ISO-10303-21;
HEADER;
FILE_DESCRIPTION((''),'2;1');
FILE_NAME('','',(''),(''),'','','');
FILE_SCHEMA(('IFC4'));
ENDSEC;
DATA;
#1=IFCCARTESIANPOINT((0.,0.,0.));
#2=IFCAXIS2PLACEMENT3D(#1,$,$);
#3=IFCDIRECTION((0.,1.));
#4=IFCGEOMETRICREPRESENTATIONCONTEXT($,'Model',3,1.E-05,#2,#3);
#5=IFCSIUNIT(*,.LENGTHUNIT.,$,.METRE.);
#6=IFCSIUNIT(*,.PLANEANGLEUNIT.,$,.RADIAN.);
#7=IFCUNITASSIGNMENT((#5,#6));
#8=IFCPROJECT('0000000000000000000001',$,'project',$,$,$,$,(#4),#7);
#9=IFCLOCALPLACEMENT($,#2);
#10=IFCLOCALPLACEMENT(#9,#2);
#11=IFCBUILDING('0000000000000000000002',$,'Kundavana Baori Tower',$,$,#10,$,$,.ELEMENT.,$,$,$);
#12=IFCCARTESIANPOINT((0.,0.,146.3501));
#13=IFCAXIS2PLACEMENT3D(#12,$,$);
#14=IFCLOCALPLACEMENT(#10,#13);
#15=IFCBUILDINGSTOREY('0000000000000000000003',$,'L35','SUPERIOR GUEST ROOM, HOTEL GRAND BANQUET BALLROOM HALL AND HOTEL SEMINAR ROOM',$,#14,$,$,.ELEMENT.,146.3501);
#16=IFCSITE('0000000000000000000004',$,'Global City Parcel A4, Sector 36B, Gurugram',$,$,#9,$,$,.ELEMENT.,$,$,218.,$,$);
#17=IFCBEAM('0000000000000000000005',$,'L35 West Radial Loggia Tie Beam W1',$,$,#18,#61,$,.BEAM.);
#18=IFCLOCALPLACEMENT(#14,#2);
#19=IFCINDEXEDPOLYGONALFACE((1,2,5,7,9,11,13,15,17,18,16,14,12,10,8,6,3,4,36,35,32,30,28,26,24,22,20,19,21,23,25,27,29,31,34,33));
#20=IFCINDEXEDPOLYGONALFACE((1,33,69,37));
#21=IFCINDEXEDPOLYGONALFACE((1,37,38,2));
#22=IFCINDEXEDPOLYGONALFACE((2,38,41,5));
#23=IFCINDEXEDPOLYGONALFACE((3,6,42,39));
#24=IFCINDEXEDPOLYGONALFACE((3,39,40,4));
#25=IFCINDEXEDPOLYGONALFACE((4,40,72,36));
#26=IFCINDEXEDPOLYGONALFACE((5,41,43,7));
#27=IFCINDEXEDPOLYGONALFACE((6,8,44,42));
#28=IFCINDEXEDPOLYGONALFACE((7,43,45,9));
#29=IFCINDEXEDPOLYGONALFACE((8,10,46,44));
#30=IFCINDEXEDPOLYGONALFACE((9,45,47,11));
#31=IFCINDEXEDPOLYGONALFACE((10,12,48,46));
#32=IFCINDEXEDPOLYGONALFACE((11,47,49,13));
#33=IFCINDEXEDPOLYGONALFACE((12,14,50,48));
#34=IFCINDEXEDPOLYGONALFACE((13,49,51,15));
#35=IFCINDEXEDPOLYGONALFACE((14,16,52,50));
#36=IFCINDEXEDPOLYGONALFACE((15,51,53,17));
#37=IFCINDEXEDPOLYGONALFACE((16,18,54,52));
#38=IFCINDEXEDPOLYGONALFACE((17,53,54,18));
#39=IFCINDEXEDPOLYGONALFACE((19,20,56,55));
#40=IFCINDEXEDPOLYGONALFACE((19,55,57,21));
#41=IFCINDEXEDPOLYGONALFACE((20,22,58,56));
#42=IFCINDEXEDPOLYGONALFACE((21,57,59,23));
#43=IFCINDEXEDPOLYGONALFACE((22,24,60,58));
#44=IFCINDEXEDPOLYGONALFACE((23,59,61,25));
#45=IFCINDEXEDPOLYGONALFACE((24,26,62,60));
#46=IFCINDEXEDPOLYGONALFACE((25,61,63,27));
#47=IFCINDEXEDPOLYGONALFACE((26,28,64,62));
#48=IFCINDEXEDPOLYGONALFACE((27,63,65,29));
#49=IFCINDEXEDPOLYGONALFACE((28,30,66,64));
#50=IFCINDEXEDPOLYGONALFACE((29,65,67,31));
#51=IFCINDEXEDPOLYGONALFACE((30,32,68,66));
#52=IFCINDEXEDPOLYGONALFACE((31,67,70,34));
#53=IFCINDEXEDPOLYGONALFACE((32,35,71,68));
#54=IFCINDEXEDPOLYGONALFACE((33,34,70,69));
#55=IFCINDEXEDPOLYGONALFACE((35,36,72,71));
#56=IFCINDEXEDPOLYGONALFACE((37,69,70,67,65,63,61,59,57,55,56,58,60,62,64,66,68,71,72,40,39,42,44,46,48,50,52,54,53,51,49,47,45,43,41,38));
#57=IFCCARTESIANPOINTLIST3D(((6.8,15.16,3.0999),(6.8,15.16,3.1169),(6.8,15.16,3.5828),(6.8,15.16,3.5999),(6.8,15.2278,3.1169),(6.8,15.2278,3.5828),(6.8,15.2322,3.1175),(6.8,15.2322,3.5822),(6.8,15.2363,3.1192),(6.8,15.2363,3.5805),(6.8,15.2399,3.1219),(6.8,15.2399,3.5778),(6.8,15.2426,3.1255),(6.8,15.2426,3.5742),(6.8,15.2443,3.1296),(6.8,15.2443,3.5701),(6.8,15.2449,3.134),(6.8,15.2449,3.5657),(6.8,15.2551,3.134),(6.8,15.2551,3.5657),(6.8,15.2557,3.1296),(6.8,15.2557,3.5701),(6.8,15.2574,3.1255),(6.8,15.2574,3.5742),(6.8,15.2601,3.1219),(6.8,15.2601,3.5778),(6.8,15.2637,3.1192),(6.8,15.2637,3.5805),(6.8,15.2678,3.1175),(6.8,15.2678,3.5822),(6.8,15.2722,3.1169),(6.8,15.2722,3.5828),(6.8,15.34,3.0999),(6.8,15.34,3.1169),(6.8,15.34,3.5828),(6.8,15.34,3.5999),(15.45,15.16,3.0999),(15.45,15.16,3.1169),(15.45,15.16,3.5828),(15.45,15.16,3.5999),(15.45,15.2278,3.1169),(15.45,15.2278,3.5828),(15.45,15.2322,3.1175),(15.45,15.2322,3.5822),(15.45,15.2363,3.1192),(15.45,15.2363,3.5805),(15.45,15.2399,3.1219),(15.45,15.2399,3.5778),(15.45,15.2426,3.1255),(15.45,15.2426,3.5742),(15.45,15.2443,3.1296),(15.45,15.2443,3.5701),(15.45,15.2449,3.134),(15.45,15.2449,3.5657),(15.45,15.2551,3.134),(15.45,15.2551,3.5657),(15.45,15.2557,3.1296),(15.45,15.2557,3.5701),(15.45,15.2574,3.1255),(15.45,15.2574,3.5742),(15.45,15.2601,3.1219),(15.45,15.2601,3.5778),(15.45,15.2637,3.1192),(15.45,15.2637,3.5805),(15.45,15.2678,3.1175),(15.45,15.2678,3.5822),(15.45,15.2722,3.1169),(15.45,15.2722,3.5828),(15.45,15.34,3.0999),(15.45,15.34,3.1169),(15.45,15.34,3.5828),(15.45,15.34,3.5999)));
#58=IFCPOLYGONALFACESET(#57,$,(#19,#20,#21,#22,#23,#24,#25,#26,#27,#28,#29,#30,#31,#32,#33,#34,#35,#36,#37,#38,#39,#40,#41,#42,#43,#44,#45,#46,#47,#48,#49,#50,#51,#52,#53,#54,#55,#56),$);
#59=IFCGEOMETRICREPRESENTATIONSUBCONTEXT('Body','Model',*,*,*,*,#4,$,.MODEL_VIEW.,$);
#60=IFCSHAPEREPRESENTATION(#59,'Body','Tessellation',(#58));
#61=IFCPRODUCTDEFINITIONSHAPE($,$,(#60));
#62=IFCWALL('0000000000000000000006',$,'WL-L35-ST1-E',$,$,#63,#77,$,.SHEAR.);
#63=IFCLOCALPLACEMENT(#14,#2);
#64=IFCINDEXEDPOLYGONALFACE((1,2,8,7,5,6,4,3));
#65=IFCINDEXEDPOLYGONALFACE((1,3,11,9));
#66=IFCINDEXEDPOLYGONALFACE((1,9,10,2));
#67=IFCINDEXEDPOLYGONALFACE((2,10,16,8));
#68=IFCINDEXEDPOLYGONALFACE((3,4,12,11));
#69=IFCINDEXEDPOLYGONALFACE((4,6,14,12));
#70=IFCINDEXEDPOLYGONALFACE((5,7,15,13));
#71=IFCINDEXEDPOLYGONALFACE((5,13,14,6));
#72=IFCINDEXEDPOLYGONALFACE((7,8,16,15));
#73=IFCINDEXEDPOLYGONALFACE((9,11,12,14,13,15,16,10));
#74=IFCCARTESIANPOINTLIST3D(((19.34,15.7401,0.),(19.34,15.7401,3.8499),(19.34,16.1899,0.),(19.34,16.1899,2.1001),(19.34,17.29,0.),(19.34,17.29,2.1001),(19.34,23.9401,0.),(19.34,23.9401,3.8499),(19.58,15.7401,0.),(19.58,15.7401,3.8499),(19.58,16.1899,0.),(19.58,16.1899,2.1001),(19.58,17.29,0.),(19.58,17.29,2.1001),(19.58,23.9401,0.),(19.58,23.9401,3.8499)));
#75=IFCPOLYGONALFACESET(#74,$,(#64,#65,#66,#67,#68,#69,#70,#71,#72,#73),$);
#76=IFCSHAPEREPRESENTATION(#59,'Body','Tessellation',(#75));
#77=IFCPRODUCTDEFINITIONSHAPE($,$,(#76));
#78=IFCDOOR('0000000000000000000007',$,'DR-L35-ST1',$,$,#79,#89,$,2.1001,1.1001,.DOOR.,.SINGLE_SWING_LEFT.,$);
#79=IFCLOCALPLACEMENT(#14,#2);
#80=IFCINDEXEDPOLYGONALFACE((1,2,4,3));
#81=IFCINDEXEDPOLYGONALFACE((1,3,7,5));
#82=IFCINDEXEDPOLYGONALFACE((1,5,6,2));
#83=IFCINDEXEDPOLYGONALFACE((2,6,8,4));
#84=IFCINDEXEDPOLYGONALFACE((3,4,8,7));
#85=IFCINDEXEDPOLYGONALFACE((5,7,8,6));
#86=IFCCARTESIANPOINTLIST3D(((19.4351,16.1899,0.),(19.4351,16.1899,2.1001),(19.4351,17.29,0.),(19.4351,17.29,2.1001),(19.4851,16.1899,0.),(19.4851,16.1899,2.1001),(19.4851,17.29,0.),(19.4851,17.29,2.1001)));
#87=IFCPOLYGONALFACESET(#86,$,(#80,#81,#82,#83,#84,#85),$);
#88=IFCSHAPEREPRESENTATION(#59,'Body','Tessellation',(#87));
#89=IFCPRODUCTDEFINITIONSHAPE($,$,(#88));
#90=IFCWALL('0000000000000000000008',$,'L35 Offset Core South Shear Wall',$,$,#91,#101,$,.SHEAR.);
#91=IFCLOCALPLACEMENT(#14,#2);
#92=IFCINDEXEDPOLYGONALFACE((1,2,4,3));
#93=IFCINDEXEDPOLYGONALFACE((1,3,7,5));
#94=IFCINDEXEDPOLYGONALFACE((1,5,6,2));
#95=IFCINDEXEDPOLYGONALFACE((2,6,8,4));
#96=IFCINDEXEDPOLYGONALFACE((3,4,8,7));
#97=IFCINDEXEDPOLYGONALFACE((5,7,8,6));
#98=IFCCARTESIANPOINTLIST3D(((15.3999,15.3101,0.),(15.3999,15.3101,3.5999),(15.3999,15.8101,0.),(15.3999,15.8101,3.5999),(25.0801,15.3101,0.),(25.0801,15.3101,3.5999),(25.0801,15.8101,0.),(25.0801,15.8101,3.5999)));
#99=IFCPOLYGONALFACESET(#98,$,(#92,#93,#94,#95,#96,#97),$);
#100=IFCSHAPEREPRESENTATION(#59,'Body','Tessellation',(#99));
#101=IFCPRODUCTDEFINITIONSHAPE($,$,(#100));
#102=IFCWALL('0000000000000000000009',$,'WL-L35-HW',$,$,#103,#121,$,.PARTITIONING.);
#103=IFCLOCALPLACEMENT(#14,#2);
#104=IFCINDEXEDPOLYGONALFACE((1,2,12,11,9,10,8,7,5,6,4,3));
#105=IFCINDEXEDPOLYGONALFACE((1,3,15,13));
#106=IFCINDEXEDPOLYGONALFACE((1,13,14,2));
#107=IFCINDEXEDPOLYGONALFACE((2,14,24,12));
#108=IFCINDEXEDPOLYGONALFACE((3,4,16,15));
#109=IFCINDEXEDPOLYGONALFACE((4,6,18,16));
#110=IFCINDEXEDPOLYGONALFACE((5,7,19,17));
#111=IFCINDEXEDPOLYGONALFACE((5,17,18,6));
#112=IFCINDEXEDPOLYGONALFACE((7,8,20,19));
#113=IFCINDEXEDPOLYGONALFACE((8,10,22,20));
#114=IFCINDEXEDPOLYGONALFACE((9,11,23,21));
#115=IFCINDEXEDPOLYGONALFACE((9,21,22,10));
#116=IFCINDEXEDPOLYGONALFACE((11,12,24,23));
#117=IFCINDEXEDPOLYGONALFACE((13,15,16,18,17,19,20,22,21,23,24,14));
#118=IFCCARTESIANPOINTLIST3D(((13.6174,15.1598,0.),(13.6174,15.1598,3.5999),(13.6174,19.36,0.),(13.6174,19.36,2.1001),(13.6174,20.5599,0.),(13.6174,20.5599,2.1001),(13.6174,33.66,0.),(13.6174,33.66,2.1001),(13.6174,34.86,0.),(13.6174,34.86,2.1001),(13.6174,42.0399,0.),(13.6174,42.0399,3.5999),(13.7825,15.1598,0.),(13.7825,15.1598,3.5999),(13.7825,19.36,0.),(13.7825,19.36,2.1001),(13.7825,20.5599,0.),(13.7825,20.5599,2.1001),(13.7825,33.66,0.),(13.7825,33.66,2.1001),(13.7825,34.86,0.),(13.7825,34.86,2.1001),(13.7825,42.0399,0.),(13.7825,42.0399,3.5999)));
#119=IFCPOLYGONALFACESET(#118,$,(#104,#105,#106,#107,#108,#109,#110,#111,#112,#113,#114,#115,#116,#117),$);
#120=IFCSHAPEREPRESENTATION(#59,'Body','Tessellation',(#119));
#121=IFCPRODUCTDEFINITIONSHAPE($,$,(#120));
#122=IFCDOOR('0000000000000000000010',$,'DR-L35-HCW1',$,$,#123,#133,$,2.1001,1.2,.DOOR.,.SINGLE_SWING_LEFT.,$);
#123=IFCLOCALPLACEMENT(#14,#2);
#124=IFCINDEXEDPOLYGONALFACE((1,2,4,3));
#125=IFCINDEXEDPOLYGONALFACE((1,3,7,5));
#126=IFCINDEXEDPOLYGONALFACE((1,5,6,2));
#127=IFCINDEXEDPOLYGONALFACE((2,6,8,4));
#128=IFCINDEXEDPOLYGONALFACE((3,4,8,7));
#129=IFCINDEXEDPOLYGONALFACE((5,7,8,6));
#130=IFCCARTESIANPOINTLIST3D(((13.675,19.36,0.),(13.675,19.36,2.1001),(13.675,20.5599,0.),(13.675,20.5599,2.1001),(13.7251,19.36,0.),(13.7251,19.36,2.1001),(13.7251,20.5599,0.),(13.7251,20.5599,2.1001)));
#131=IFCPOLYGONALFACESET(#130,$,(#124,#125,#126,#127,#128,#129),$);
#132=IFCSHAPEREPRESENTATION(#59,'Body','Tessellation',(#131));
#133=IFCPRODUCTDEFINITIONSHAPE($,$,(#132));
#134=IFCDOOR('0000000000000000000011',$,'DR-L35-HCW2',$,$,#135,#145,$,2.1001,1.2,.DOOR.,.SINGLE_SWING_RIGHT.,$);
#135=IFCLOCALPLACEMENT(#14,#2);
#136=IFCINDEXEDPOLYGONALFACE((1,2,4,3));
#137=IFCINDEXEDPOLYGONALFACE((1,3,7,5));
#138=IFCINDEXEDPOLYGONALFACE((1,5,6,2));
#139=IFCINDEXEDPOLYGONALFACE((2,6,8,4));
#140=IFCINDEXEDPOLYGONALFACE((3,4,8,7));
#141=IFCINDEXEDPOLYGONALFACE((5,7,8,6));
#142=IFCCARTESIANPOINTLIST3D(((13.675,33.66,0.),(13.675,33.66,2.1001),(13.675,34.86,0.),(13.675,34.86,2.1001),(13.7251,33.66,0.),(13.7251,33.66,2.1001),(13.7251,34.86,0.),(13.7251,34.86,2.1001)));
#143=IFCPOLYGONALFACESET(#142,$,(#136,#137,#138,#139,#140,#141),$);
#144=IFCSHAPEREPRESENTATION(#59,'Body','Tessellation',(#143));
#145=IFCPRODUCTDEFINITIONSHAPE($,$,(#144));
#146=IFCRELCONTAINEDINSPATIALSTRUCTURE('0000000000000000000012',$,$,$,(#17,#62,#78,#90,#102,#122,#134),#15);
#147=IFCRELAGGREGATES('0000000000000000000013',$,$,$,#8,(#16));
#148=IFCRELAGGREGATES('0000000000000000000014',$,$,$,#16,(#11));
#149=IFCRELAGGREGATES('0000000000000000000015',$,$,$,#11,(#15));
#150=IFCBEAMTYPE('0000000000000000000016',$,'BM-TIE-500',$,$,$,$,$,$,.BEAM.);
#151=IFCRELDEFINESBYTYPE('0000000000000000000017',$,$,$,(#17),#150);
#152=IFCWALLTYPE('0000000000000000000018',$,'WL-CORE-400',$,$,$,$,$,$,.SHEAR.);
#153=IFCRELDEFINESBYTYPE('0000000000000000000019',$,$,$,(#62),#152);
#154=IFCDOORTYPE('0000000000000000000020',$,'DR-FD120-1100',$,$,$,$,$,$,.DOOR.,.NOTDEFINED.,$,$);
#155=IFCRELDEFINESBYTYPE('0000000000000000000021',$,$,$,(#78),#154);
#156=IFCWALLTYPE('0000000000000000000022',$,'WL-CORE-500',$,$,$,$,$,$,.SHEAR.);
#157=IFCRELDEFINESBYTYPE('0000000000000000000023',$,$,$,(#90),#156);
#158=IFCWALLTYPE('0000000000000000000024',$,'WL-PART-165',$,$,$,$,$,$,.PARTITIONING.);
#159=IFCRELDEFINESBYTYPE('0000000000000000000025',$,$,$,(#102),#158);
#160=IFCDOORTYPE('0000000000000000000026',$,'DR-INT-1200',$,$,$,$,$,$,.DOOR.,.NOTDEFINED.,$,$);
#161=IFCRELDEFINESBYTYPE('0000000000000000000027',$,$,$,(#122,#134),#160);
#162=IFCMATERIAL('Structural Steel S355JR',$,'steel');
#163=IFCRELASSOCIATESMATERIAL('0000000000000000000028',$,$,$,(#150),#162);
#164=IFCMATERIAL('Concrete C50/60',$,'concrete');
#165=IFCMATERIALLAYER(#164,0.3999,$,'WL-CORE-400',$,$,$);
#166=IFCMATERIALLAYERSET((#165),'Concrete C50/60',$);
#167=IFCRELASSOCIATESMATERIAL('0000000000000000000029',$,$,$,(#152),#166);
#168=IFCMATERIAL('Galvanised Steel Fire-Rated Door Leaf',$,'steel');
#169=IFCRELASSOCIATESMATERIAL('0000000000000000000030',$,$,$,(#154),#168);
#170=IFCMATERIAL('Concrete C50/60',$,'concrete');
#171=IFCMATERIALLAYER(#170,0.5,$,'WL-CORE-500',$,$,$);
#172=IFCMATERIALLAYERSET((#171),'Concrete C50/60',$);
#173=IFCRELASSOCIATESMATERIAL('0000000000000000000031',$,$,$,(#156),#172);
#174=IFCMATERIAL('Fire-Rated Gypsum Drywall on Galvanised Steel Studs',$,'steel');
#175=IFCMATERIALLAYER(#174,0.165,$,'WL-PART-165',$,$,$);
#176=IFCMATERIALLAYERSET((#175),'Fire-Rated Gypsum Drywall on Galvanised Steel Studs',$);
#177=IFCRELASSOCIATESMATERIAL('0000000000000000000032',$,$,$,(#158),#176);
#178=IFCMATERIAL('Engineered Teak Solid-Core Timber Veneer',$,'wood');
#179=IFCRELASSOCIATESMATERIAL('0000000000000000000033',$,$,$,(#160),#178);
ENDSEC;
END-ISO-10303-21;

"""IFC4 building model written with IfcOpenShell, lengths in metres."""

from ifc_helpers import new_model, si_unit, direction, frame, frame_2d, origin, origin_2d, place, context, subcontext, project, spatial, rectangle, i_section, extrude, material, layer, layer_set, material_profile, profile_set, type_object, element, fill, save


model = new_model("IFC4")

# Units and contexts
model_context = context("Model", 3, precision=1e-05, world=origin(), true_north=direction((0.0, 1.0)))
body_context = subcontext(model_context, "Body", "Model", "MODEL_VIEW")
ifc_project = project(units=[si_unit("LENGTHUNIT", "METRE"), si_unit("PLANEANGLEUNIT", "RADIAN")], contexts=[model_context])

# Site, building, storey
site_placement = place(None, origin())
site = spatial("IfcSite", under=ifc_project, at=site_placement, Name="Global City Parcel A4, Sector 36B, Gurugram", CompositionType="ELEMENT", RefElevation=218.0)
building_placement = place(site_placement, origin())
building = spatial("IfcBuilding", under=site, at=building_placement, Name="Kundavana Baori Tower", CompositionType="ELEMENT")
storey_placement = place(building_placement, frame((0.0, 0.0, 146.3501)))
storey = spatial("IfcBuildingStorey", under=building, at=storey_placement, Name="L35", Description="SUPERIOR GUEST ROOM, HOTEL GRAND BANQUET BALLROOM HALL AND HOTEL SEMINAR ROOM", CompositionType="ELEMENT", Elevation=146.3501)

# Beam
ifc_material_1 = material(Name="Structural Steel S355JR", Category="steel")
ifc_material_profile_1 = material_profile(ifc_material_1, i_section(OverallWidth=0.1799, OverallDepth=0.5, WebThickness=0.0103, FlangeThickness=0.0171, FilletRadius=0.0171, at=origin_2d()), Name="ISMB 500")
ifc_profile_set_1 = profile_set([ifc_material_profile_1], Name="Structural Steel S355JR")
beam_type_1 = type_object("IfcBeamType", Name="BM-TIE-500", PredefinedType="BEAM", material=ifc_profile_set_1)
for number, where, z_axis, x_axis, name in (
    (1, (15.45, 15.25, 3.3499), (-1.0, 0.0, 0.0), (0.0, -1.0, 0.0), "L35 West Radial Loggia Tie Beam W1"),
):
    element("IfcBeam", number, at=place(storey_placement, frame(where, z_axis=z_axis, x_axis=x_axis)), inside=storey, type_object=beam_type_1, Name=name, PredefinedType="BEAM", context=body_context, shape_type="SweptSolid", body=[
        extrude(i_section(OverallWidth=0.1799, OverallDepth=0.5, WebThickness=0.0103, FlangeThickness=0.0171, FilletRadius=0.0171, at=origin_2d()), origin(), (0.0, 0.0, 1.0), 8.6499),
    ])

# Wall, opening, door
ifc_material_2 = material(Name="Concrete C50/60", Category="concrete")
ifc_layer_1 = layer(ifc_material_2, 0.3999, Name="WL-CORE-400")
ifc_layer_set_1 = layer_set([ifc_layer_1], Name="Concrete C50/60")
wall_type_1 = type_object("IfcWallType", Name="WL-CORE-400", PredefinedType="SHEAR", material=ifc_layer_set_1)
wall_1_placement = place(storey_placement, frame((19.46, 15.74, 0.0), z_axis=(0.0, 0.0, 1.0), x_axis=(0.0, 1.0, 0.0)))
wall_1 = element("IfcWall", 2, at=wall_1_placement, inside=storey, type_object=wall_type_1, Name="WL-L35-ST1-E", PredefinedType="SHEAR", context=body_context, shape_type="SweptSolid", body=[
    extrude(rectangle(XDim=8.2, YDim=0.24, at=frame_2d((4.1001, 0.0))), origin(), (0.0, 0.0, 1.0), 3.8499),
])
opening_1_placement = place(wall_1_placement, frame((0.45, 0.0, 0.0)))
opening_1 = element("IfcOpeningElement", 3, at=opening_1_placement, cuts=wall_1, PredefinedType="OPENING", context=body_context, shape_type="SweptSolid", body=[
    extrude(rectangle(XDim=1.1001, YDim=2.1001, at=frame_2d((0.55, 1.05))), frame((0.0, 0.1299, 0.0), z_axis=(0.0, -1.0, 0.0), x_axis=(1.0, 0.0, 0.0)), (0.0, 0.0, 1.0), 0.26),
])
ifc_material_3 = material(Name="Galvanised Steel Fire-Rated Door Leaf", Category="steel")
door_type_1 = type_object("IfcDoorType", Name="DR-FD120-1100", OperationType="NOTDEFINED", PredefinedType="DOOR", material=ifc_material_3)
door_1_placement = place(opening_1_placement, origin())
door_1 = element("IfcDoor", 4, at=door_1_placement, inside=storey, type_object=door_type_1, Name="DR-L35-ST1", OperationType="SINGLE_SWING_LEFT", OverallHeight=2.1001, OverallWidth=1.1001, PredefinedType="DOOR", context=body_context, shape_type="SweptSolid", body=[
    extrude(rectangle(XDim=1.1001, YDim=2.1001, at=frame_2d((0.55, 1.05))), frame((0.0, 0.0249, 0.0), z_axis=(0.0, -1.0, 0.0), x_axis=(1.0, 0.0, 0.0)), (0.0, 0.0, 1.0), 0.05),
])
fill(opening_1, door_1)

# Wall
ifc_material_4 = material(Name="Concrete C50/60", Category="concrete")
ifc_layer_2 = layer(ifc_material_4, 0.5, Name="WL-CORE-500")
ifc_layer_set_2 = layer_set([ifc_layer_2], Name="Concrete C50/60")
wall_type_2 = type_object("IfcWallType", Name="WL-CORE-500", PredefinedType="SHEAR", material=ifc_layer_set_2)
wall_2_placement = place(storey_placement, frame((15.3999, 15.5601, 0.0), z_axis=(0.0, 0.0, 1.0), x_axis=(1.0, 0.0, 0.0)))
element("IfcWall", 5, at=wall_2_placement, inside=storey, type_object=wall_type_2, Name="L35 Offset Core South Shear Wall", PredefinedType="SHEAR", context=body_context, shape_type="SweptSolid", body=[
    extrude(rectangle(XDim=9.6802, YDim=0.5, at=frame_2d((4.8401, 0.0))), origin(), (0.0, 0.0, 1.0), 3.5999),
])

# Wall, openings, doors
ifc_material_5 = material(Name="Fire-Rated Gypsum Drywall on Galvanised Steel Studs", Category="steel")
ifc_layer_3 = layer(ifc_material_5, 0.165, Name="WL-PART-165")
ifc_layer_set_3 = layer_set([ifc_layer_3], Name="Fire-Rated Gypsum Drywall on Galvanised Steel Studs")
wall_type_3 = type_object("IfcWallType", Name="WL-PART-165", PredefinedType="PARTITIONING", material=ifc_layer_set_3)
wall_3_placement = place(storey_placement, frame((13.7, 15.1599, 0.0), z_axis=(0.0, 0.0, 1.0), x_axis=(0.0, 1.0, 0.0)))
wall_3 = element("IfcWall", 6, at=wall_3_placement, inside=storey, type_object=wall_type_3, Name="WL-L35-HW", PredefinedType="PARTITIONING", context=body_context, shape_type="SweptSolid", body=[
    extrude(rectangle(XDim=26.8801, YDim=0.165, at=frame_2d((13.4399, 0.0))), origin(), (0.0, 0.0, 1.0), 3.5999),
])
opening_2_placement = place(wall_3_placement, frame((4.2, 0.0, 0.0)))
opening_2 = element("IfcOpeningElement", 7, at=opening_2_placement, cuts=wall_3, PredefinedType="OPENING", context=body_context, shape_type="SweptSolid", body=[
    extrude(rectangle(XDim=1.2, YDim=2.1001, at=frame_2d((0.6001, 1.05))), frame((0.0, 0.0925, 0.0), z_axis=(0.0, -1.0, 0.0), x_axis=(1.0, 0.0, 0.0)), (0.0, 0.0, 1.0), 0.1851),
])
opening_3_placement = place(wall_3_placement, frame((18.5, 0.0, 0.0)))
opening_3 = element("IfcOpeningElement", 8, at=opening_3_placement, cuts=wall_3, PredefinedType="OPENING", context=body_context, shape_type="SweptSolid", body=[
    extrude(rectangle(XDim=1.2, YDim=2.1001, at=frame_2d((0.6001, 1.05))), frame((0.0, 0.0925, 0.0), z_axis=(0.0, -1.0, 0.0), x_axis=(1.0, 0.0, 0.0)), (0.0, 0.0, 1.0), 0.1851),
])
ifc_material_6 = material(Name="Engineered Teak Solid-Core Timber Veneer", Category="wood")
door_type_2 = type_object("IfcDoorType", Name="DR-INT-1200", OperationType="NOTDEFINED", PredefinedType="DOOR", material=ifc_material_6)
door_2_placement = place(opening_2_placement, origin())
door_2 = element("IfcDoor", 9, at=door_2_placement, inside=storey, type_object=door_type_2, Name="DR-L35-HCW1", OperationType="SINGLE_SWING_LEFT", OverallHeight=2.1001, OverallWidth=1.2, PredefinedType="DOOR", context=body_context, shape_type="SweptSolid", body=[
    extrude(rectangle(XDim=1.2, YDim=2.1001, at=frame_2d((0.6001, 1.05))), frame((0.0, 0.0249, 0.0), z_axis=(0.0, -1.0, 0.0), x_axis=(1.0, 0.0, 0.0)), (0.0, 0.0, 1.0), 0.05),
])
fill(opening_2, door_2)
door_3_placement = place(opening_3_placement, origin())
door_3 = element("IfcDoor", 10, at=door_3_placement, inside=storey, type_object=door_type_2, Name="DR-L35-HCW2", OperationType="SINGLE_SWING_RIGHT", OverallHeight=2.1001, OverallWidth=1.2, PredefinedType="DOOR", context=body_context, shape_type="SweptSolid", body=[
    extrude(rectangle(XDim=1.2, YDim=2.1001, at=frame_2d((0.6001, 1.05))), frame((0.0, 0.0249, 0.0), z_axis=(0.0, -1.0, 0.0), x_axis=(1.0, 0.0, 0.0)), (0.0, 0.0, 1.0), 0.05),
])
fill(opening_3, door_3)

save(model, "model.ifc")
